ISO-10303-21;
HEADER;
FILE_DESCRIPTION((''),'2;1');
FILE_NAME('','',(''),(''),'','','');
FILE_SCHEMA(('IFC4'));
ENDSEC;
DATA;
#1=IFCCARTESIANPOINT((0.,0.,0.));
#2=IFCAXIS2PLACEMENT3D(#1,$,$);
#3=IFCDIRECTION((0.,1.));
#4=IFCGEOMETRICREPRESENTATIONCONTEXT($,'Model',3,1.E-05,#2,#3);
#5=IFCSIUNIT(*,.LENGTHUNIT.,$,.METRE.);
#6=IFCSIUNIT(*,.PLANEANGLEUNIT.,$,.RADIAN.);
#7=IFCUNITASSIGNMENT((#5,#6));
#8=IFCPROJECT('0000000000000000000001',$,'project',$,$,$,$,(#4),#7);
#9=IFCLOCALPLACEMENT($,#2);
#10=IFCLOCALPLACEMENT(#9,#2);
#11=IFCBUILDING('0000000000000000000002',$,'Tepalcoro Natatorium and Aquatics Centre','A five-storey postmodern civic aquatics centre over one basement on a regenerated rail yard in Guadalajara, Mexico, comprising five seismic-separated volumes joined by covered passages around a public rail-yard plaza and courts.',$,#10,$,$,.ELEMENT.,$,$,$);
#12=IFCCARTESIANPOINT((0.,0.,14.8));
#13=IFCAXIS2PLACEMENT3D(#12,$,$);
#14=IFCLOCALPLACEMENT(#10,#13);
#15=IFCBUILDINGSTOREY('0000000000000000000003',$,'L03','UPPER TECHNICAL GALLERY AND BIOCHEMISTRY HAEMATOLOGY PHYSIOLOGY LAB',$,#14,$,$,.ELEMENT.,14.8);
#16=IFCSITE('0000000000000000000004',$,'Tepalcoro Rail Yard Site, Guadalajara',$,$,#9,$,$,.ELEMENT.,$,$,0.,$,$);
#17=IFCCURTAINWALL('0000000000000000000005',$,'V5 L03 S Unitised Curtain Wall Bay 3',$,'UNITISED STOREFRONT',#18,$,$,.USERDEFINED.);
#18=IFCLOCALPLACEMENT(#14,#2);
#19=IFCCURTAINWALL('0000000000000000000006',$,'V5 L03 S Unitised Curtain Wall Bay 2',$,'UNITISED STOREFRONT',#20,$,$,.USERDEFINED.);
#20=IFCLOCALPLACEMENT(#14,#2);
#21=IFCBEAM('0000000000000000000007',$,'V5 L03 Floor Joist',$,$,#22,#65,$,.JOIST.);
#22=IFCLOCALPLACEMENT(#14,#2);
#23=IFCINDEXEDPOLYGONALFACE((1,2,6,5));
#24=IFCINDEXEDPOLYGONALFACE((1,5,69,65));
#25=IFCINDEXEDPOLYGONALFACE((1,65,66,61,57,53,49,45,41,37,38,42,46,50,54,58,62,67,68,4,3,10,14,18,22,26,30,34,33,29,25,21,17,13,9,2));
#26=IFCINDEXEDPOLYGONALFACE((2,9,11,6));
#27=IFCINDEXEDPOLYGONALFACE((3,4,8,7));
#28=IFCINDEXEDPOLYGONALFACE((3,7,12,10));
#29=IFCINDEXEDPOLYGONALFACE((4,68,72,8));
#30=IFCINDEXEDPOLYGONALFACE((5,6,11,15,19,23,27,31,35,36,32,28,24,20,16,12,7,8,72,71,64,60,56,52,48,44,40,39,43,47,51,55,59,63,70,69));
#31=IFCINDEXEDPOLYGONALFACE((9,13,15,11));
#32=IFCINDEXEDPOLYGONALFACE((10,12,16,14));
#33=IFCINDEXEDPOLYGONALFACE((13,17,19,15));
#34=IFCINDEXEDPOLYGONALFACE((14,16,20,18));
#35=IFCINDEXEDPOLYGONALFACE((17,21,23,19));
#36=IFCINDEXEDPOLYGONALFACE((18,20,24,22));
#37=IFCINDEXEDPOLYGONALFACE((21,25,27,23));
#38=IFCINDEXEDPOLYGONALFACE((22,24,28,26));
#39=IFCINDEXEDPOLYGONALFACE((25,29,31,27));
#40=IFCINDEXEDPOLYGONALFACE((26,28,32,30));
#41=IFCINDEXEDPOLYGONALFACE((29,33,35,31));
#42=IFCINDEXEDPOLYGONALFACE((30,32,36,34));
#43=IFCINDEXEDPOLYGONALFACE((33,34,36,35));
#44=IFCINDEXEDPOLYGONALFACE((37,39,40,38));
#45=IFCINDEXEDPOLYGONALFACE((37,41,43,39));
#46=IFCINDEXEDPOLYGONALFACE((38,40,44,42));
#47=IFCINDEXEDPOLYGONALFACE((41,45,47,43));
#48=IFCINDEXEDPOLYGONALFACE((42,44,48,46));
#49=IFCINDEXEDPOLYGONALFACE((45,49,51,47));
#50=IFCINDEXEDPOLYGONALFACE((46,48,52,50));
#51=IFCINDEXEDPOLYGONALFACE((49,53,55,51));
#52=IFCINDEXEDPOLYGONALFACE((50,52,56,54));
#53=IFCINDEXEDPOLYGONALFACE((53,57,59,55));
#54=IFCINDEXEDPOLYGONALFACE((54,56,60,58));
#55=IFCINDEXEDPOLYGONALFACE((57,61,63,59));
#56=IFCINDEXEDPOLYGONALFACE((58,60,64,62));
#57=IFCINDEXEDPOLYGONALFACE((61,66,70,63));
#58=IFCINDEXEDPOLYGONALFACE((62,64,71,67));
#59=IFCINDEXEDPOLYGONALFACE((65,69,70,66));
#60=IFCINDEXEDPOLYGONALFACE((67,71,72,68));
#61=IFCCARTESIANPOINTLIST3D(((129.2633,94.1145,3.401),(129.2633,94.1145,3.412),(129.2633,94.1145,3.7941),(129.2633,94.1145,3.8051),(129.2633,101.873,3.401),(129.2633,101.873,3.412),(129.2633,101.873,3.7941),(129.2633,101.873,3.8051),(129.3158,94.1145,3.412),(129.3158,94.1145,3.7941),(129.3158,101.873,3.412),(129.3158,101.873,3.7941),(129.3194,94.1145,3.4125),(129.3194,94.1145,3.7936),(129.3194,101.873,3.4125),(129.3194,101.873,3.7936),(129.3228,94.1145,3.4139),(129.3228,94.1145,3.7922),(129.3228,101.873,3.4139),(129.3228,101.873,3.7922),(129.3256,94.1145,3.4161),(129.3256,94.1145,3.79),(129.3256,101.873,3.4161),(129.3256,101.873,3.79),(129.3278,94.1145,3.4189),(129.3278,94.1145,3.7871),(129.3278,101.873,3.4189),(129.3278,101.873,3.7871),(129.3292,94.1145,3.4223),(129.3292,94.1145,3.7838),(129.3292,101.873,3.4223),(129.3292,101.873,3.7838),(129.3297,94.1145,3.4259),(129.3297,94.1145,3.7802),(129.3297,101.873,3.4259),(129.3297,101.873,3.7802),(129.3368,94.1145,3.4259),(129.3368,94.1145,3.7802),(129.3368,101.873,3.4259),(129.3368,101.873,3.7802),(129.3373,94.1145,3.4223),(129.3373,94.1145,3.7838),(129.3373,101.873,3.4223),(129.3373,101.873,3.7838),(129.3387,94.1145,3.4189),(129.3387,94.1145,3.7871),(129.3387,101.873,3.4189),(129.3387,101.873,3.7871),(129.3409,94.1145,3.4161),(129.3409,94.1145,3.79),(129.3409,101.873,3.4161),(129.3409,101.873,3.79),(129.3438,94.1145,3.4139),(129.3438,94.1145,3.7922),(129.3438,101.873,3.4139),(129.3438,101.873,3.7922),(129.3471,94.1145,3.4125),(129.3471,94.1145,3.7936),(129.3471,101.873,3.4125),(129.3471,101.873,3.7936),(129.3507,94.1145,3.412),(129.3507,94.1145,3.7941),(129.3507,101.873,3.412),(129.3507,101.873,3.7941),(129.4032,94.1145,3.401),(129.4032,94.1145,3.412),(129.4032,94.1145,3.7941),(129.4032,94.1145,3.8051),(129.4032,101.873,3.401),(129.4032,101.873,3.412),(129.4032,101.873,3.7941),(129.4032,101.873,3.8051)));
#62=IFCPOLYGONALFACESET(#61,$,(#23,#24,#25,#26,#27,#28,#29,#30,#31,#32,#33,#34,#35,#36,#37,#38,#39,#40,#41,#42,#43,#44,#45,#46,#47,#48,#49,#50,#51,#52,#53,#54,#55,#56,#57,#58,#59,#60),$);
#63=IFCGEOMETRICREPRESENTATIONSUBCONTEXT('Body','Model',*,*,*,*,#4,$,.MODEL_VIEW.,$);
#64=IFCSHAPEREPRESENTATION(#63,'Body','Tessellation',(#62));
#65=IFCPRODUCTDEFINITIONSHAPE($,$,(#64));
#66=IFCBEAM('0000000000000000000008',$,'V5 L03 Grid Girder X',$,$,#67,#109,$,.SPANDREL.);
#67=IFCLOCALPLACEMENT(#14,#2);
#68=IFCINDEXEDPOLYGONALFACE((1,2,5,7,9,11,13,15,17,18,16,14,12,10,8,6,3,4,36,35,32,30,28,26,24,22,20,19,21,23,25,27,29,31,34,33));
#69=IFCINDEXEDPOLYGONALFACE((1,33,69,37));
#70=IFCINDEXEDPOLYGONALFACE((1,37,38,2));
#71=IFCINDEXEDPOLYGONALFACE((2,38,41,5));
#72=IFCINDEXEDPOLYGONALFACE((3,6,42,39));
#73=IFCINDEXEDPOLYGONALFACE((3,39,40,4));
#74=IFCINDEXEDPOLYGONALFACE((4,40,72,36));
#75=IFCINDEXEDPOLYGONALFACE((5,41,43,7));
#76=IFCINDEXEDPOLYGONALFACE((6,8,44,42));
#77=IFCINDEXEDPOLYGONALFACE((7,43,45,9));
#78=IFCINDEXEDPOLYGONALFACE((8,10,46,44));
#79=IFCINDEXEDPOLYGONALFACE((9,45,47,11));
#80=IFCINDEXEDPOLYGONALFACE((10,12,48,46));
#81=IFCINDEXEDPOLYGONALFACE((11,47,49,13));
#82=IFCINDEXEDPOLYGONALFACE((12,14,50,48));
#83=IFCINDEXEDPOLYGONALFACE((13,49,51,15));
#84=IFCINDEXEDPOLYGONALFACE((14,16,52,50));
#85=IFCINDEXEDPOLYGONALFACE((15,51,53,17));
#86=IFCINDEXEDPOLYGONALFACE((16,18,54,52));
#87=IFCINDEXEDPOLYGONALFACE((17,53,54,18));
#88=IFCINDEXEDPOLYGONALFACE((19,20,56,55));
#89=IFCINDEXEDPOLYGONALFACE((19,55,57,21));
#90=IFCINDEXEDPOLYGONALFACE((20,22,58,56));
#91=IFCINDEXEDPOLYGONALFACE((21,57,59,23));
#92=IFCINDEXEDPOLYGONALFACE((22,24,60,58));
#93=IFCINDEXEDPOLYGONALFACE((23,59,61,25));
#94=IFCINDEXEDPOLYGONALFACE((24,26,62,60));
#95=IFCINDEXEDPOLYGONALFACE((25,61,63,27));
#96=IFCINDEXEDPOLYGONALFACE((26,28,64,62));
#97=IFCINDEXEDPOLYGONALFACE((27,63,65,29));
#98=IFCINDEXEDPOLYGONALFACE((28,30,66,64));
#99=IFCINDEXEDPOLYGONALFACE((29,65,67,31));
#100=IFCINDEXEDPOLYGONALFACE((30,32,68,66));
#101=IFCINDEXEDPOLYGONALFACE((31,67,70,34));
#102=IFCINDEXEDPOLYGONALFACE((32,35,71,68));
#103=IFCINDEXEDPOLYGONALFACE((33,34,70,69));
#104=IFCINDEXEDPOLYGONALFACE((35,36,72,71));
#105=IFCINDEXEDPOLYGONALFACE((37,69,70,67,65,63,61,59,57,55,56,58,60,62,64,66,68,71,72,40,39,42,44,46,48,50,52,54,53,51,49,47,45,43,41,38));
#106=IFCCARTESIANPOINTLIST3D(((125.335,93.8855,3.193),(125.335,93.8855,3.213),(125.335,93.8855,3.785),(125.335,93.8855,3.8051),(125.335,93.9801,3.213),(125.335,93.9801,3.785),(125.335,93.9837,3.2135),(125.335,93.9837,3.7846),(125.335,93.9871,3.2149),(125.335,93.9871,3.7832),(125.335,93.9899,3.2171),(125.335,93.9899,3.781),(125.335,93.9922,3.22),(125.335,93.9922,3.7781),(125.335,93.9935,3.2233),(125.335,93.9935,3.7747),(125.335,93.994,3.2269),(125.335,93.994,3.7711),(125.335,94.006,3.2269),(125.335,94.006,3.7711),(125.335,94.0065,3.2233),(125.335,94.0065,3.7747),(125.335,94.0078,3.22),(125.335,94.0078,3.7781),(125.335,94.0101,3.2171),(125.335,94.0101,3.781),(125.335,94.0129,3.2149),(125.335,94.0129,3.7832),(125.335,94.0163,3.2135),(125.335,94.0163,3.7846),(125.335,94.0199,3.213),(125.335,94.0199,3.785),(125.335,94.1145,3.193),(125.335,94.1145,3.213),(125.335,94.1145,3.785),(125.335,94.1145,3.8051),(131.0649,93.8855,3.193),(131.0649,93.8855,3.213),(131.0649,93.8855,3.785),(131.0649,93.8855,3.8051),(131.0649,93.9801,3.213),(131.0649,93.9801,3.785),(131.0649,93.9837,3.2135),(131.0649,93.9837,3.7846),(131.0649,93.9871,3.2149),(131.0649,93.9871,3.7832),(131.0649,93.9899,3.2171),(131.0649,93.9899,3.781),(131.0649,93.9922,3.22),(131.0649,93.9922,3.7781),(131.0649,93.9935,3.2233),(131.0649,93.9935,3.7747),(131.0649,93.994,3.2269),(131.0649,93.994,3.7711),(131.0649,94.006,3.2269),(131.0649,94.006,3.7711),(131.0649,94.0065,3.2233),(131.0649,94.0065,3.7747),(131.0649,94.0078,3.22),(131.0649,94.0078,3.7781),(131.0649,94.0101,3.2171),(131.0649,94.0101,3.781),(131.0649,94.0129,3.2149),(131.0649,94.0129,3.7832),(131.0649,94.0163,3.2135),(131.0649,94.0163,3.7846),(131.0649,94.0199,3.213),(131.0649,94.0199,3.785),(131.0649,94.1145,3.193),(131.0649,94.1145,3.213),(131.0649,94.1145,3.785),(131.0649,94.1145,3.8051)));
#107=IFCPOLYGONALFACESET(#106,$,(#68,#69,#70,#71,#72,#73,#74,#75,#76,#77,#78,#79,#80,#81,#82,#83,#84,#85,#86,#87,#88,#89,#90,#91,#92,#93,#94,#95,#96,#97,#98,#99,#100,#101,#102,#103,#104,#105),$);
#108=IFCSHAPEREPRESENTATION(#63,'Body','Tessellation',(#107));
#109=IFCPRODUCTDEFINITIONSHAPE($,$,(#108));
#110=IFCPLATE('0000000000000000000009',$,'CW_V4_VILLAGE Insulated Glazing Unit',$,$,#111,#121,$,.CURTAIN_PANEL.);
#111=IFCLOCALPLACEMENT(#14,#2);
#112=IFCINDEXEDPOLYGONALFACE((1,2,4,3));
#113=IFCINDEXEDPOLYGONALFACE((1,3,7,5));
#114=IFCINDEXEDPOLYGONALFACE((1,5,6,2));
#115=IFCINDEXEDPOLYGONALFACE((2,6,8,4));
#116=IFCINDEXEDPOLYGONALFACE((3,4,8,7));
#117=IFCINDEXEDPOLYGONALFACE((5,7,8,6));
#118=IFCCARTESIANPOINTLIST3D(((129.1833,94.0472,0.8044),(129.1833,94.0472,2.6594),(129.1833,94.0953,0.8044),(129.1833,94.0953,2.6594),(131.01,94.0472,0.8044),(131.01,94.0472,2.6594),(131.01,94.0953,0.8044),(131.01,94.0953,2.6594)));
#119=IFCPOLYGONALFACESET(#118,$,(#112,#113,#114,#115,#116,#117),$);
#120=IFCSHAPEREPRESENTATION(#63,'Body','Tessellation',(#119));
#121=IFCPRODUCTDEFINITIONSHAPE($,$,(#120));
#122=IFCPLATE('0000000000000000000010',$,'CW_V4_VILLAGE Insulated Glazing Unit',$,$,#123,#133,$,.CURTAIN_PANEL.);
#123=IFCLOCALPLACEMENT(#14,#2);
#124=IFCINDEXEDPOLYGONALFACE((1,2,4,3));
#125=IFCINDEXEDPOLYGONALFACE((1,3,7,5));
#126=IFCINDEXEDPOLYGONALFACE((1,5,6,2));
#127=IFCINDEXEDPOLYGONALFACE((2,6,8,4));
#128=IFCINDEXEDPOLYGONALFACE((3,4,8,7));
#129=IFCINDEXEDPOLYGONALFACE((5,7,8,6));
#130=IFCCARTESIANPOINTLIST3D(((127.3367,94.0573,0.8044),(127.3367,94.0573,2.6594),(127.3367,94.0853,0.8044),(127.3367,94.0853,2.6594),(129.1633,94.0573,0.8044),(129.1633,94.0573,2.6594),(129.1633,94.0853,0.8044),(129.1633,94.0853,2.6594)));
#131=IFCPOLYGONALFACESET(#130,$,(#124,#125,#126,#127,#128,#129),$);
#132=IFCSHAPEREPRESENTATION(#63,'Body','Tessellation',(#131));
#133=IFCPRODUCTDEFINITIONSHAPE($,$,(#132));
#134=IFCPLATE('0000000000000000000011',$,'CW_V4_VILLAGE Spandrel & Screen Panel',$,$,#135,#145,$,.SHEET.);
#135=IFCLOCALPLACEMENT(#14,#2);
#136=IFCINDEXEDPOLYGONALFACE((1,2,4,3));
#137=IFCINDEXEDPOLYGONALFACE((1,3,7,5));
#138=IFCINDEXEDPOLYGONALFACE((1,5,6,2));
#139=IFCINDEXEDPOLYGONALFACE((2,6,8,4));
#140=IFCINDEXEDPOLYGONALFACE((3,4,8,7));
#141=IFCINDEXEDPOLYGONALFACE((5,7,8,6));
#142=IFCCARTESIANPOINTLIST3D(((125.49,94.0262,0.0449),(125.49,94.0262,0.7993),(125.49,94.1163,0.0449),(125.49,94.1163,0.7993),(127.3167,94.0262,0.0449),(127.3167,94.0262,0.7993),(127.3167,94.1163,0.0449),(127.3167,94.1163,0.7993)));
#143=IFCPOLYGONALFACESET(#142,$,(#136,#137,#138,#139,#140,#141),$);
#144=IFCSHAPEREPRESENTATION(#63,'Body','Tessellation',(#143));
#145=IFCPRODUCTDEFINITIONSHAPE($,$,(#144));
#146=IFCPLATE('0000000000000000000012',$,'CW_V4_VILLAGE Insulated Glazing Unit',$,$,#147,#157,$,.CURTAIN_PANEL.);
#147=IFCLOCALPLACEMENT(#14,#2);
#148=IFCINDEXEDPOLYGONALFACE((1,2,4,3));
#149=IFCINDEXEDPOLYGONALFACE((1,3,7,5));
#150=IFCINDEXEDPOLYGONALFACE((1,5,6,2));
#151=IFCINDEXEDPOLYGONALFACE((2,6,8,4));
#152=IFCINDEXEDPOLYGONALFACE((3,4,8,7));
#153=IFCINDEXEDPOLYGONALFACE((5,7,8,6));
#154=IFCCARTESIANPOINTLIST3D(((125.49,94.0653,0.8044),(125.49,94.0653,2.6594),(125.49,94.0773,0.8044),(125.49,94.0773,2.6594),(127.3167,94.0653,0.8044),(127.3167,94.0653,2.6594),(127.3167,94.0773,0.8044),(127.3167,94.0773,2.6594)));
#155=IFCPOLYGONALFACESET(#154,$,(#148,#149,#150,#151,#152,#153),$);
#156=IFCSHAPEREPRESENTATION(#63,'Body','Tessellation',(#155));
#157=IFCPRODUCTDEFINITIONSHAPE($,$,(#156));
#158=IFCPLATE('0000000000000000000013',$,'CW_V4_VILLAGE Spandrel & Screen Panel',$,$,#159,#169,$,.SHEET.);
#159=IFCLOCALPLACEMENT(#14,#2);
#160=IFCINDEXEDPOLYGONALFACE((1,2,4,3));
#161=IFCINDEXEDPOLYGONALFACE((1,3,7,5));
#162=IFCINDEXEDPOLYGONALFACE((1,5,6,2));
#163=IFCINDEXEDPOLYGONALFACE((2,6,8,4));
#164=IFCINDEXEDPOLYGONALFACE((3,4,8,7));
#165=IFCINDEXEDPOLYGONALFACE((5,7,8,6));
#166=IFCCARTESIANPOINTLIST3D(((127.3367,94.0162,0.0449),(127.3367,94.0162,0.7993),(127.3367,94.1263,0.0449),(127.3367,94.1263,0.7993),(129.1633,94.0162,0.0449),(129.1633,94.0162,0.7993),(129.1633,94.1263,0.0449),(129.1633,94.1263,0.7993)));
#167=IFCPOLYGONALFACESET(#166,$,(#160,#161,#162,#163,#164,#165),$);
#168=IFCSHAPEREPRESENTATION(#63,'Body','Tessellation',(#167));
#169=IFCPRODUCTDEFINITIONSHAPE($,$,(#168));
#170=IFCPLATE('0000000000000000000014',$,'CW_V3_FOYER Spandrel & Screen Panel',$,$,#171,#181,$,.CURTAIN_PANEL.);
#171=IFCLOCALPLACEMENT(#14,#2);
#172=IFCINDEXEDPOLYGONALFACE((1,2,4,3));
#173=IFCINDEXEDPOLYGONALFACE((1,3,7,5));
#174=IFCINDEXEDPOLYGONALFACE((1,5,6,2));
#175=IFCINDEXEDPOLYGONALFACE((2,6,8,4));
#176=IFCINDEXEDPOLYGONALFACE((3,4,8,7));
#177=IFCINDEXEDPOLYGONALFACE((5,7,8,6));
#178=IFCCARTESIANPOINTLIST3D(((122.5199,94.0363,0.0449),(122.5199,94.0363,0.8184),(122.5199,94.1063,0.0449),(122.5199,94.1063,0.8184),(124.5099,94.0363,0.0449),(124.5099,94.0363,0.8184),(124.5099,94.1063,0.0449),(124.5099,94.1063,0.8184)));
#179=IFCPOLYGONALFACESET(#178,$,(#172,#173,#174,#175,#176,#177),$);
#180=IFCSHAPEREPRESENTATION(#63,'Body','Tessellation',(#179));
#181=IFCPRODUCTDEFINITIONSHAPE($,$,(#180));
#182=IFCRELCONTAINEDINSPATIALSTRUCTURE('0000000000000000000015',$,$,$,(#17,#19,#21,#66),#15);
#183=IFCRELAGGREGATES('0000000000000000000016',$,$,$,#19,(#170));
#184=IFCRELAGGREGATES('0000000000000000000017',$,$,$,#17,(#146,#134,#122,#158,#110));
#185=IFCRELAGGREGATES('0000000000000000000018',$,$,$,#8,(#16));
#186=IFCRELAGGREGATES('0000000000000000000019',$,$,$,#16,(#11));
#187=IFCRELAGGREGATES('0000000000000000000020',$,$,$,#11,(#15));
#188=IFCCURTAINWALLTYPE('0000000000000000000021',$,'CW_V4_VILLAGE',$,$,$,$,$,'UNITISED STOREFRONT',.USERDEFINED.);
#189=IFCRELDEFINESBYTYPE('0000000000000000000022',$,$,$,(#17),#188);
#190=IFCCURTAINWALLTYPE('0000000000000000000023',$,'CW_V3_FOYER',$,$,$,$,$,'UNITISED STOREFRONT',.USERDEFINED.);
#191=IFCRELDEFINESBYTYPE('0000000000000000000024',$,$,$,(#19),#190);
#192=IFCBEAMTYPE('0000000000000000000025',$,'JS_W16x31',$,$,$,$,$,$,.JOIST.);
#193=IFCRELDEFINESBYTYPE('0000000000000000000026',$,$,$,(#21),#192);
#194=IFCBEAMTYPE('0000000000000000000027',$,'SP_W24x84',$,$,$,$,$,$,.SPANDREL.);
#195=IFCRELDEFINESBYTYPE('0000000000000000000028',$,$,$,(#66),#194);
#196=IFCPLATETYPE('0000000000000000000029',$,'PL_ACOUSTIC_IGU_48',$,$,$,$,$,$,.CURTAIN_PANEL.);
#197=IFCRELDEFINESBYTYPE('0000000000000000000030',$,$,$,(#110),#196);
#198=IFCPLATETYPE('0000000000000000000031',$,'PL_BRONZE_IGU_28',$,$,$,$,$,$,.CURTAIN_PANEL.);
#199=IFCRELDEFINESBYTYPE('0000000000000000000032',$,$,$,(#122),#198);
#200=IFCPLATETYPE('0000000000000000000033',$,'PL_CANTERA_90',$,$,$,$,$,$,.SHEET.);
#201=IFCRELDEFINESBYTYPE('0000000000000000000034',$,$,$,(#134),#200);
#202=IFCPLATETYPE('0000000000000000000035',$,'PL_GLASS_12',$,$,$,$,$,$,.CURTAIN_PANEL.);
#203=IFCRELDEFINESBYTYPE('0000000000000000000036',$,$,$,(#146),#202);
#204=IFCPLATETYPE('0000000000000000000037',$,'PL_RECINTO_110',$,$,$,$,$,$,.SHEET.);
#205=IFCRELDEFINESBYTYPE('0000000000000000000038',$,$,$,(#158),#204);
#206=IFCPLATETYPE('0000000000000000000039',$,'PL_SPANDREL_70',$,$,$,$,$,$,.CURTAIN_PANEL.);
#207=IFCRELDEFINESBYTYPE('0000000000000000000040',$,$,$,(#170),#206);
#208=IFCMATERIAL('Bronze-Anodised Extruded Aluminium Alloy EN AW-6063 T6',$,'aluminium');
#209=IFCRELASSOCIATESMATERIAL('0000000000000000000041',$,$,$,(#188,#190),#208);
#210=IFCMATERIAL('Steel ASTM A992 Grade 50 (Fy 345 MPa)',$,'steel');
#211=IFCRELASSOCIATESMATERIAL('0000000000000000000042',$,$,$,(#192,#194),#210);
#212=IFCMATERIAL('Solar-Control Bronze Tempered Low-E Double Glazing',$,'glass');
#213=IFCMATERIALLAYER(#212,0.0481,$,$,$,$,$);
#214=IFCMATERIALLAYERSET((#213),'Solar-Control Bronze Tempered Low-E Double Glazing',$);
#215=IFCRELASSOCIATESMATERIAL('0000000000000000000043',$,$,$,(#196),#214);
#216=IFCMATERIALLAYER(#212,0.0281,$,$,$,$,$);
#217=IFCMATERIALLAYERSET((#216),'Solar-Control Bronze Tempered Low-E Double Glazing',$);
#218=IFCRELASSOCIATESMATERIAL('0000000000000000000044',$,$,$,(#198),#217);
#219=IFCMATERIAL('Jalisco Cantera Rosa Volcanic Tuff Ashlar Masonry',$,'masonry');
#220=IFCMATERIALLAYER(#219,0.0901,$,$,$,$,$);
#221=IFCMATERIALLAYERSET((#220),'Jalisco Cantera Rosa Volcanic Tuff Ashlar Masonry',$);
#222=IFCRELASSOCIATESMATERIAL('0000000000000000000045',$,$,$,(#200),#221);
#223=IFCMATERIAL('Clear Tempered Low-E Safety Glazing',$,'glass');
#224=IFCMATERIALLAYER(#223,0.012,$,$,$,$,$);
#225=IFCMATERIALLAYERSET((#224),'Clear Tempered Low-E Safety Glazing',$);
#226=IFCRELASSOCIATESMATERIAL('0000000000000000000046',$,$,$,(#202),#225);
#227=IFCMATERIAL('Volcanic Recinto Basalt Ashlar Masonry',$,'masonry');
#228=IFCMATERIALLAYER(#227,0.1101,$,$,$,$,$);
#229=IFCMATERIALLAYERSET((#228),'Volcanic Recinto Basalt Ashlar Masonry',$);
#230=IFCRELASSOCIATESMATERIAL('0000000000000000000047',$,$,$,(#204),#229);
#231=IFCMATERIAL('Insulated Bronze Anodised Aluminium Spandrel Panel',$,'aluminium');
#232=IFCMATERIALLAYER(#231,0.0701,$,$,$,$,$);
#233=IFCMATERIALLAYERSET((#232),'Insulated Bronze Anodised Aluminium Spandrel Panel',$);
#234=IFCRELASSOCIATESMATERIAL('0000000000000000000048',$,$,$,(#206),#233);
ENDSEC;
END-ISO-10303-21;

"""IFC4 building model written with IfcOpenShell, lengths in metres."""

from ifc_helpers import new_model, si_unit, direction, frame, origin, origin_2d, place, context, subcontext, project, spatial, rectangle, i_section, extrude, material, layer, layer_set, material_profile, profile_set, type_object, element, aggregate, save


model = new_model("IFC4")

# Units and contexts
model_context = context("Model", 3, precision=1e-05, world=origin(), true_north=direction((0.0, 1.0)))
body_context = subcontext(model_context, "Body", "Model", "MODEL_VIEW")
ifc_project = project(units=[si_unit("LENGTHUNIT", "METRE"), si_unit("PLANEANGLEUNIT", "RADIAN")], contexts=[model_context])

# Site, building, storey
site_placement = place(None, origin())
site = spatial("IfcSite", under=ifc_project, at=site_placement, Name="Tepalcoro Rail Yard Site, Guadalajara", CompositionType="ELEMENT", RefElevation=0.0)
building_placement = place(site_placement, origin())
building = spatial("IfcBuilding", under=site, at=building_placement, Name="Tepalcoro Natatorium and Aquatics Centre", Description="A five-storey postmodern civic aquatics centre over one basement on a regenerated rail yard in Guadalajara, Mexico, comprising five seismic-separated volumes joined by covered passages around a public rail-yard plaza and courts.", CompositionType="ELEMENT")
storey_placement = place(building_placement, frame((0.0, 0.0, 14.8)))
storey = spatial("IfcBuildingStorey", under=building, at=storey_placement, Name="L03", Description="UPPER TECHNICAL GALLERY AND BIOCHEMISTRY HAEMATOLOGY PHYSIOLOGY LAB", CompositionType="ELEMENT", Elevation=14.8)

# Shared definitions
ifc_material_1 = material(Name="Steel ASTM A992 Grade 50 (Fy 345 MPa)", Category="steel")

# Curtain wall
ifc_material_2 = material(Name="Bronze-Anodised Extruded Aluminium Alloy EN AW-6063 T6", Category="aluminium")
curtain_wall_type_1 = type_object("IfcCurtainWallType", Name="CW_V4_VILLAGE", ElementType="UNITISED STOREFRONT", PredefinedType="USERDEFINED", material=ifc_material_2)
curtain_wall_1_placement = place(storey_placement, origin())
curtain_wall_1 = element("IfcCurtainWall", 1, at=curtain_wall_1_placement, inside=storey, type_object=curtain_wall_type_1, Name="V5 L03 S Unitised Curtain Wall Bay 3", ObjectType="UNITISED STOREFRONT", PredefinedType="USERDEFINED")

# Curtain wall
curtain_wall_type_2 = type_object("IfcCurtainWallType", Name="CW_V3_FOYER", ElementType="UNITISED STOREFRONT", PredefinedType="USERDEFINED", material=ifc_material_2)
curtain_wall_2_placement = place(storey_placement, origin())
curtain_wall_2 = element("IfcCurtainWall", 2, at=curtain_wall_2_placement, inside=storey, type_object=curtain_wall_type_2, Name="V5 L03 S Unitised Curtain Wall Bay 2", ObjectType="UNITISED STOREFRONT", PredefinedType="USERDEFINED")

# Beams
ifc_material_profile_1 = material_profile(ifc_material_1, i_section(OverallWidth=0.1399, OverallDepth=0.4041, WebThickness=0.0071, FlangeThickness=0.011, FilletRadius=0.0139, at=origin_2d()), Name="W16X31")
ifc_profile_set_1 = profile_set([ifc_material_profile_1], Name="Steel ASTM A992 Grade 50 (Fy 345 MPa)")
beam_type_1 = type_object("IfcBeamType", Name="JS_W16x31", PredefinedType="JOIST", material=ifc_profile_set_1)
beam_1_placement = place(storey_placement, frame((129.3333, 94.1145, 3.603), z_axis=(0.0, 1.0, 0.0), x_axis=(-1.0, 0.0, 0.0)))
element("IfcBeam", 3, at=beam_1_placement, inside=storey, type_object=beam_type_1, Name="V5 L03 Floor Joist", PredefinedType="JOIST", context=body_context, shape_type="SweptSolid", body=[
    extrude(i_section(OverallWidth=0.1399, OverallDepth=0.4041, WebThickness=0.0071, FlangeThickness=0.011, FilletRadius=0.0139, at=origin_2d()), origin(), (0.0, 0.0, 1.0), 7.7585),
])
ifc_material_profile_2 = material_profile(ifc_material_1, i_section(OverallWidth=0.229, OverallDepth=0.6121, WebThickness=0.012, FlangeThickness=0.02, FilletRadius=0.0139, at=origin_2d()), Name="W24X84")
ifc_profile_set_2 = profile_set([ifc_material_profile_2], Name="Steel ASTM A992 Grade 50 (Fy 345 MPa)")
beam_type_2 = type_object("IfcBeamType", Name="SP_W24x84", PredefinedType="SPANDREL", material=ifc_profile_set_2)
beam_2_placement = place(storey_placement, frame((125.335, 94.0, 3.499), z_axis=(1.0, 0.0, 0.0), x_axis=(0.0, 1.0, 0.0)))
element("IfcBeam", 4, at=beam_2_placement, inside=storey, type_object=beam_type_2, Name="V5 L03 Grid Girder X", PredefinedType="SPANDREL", context=body_context, shape_type="SweptSolid", body=[
    extrude(i_section(OverallWidth=0.229, OverallDepth=0.6121, WebThickness=0.012, FlangeThickness=0.02, FilletRadius=0.0139, at=origin_2d()), origin(), (0.0, 0.0, 1.0), 5.73),
])

# Plates
ifc_material_3 = material(Name="Solar-Control Bronze Tempered Low-E Double Glazing", Category="glass")
ifc_layer_1 = layer(ifc_material_3, 0.0481)
ifc_layer_set_1 = layer_set([ifc_layer_1], Name="Solar-Control Bronze Tempered Low-E Double Glazing")
plate_type_1 = type_object("IfcPlateType", Name="PL_ACOUSTIC_IGU_48", PredefinedType="CURTAIN_PANEL", material=ifc_layer_set_1)
plate_1_placement = place(storey_placement, frame((130.0967, 94.0713, 0.8044), z_axis=(0.0, 0.0, 1.0), x_axis=(1.0, 0.0, 0.0)))
plate_1 = element("IfcPlate", 5, at=plate_1_placement, type_object=plate_type_1, Name="CW_V4_VILLAGE Insulated Glazing Unit", PredefinedType="CURTAIN_PANEL", context=body_context, shape_type="SweptSolid", body=[
    extrude(rectangle(XDim=1.8267, YDim=0.0481, at=origin_2d()), origin(), (0.0, 0.0, 1.0), 1.855),
])
ifc_layer_2 = layer(ifc_material_3, 0.0281)
ifc_layer_set_2 = layer_set([ifc_layer_2], Name="Solar-Control Bronze Tempered Low-E Double Glazing")
plate_type_2 = type_object("IfcPlateType", Name="PL_BRONZE_IGU_28", PredefinedType="CURTAIN_PANEL", material=ifc_layer_set_2)
plate_2_placement = place(storey_placement, frame((128.25, 94.0713, 0.8044), z_axis=(0.0, 0.0, 1.0), x_axis=(1.0, 0.0, 0.0)))
plate_2 = element("IfcPlate", 6, at=plate_2_placement, type_object=plate_type_2, Name="CW_V4_VILLAGE Insulated Glazing Unit", PredefinedType="CURTAIN_PANEL", context=body_context, shape_type="SweptSolid", body=[
    extrude(rectangle(XDim=1.8267, YDim=0.0281, at=origin_2d()), origin(), (0.0, 0.0, 1.0), 1.855),
])
ifc_material_4 = material(Name="Jalisco Cantera Rosa Volcanic Tuff Ashlar Masonry", Category="masonry")
ifc_layer_3 = layer(ifc_material_4, 0.0901)
ifc_layer_set_3 = layer_set([ifc_layer_3], Name="Jalisco Cantera Rosa Volcanic Tuff Ashlar Masonry")
plate_type_3 = type_object("IfcPlateType", Name="PL_CANTERA_90", PredefinedType="SHEET", material=ifc_layer_set_3)
plate_3_placement = place(storey_placement, frame((126.4033, 94.0713, 0.0449), z_axis=(0.0, 0.0, 1.0), x_axis=(1.0, 0.0, 0.0)))
plate_3 = element("IfcPlate", 7, at=plate_3_placement, type_object=plate_type_3, Name="CW_V4_VILLAGE Spandrel & Screen Panel", PredefinedType="SHEET", context=body_context, shape_type="SweptSolid", body=[
    extrude(rectangle(XDim=1.8267, YDim=0.0901, at=origin_2d()), origin(), (0.0, 0.0, 1.0), 0.7544),
])
ifc_material_5 = material(Name="Clear Tempered Low-E Safety Glazing", Category="glass")
ifc_layer_4 = layer(ifc_material_5, 0.012)
ifc_layer_set_4 = layer_set([ifc_layer_4], Name="Clear Tempered Low-E Safety Glazing")
plate_type_4 = type_object("IfcPlateType", Name="PL_GLASS_12", PredefinedType="CURTAIN_PANEL", material=ifc_layer_set_4)
plate_4_placement = place(storey_placement, frame((126.4033, 94.0713, 0.8044), z_axis=(0.0, 0.0, 1.0), x_axis=(1.0, 0.0, 0.0)))
plate_4 = element("IfcPlate", 8, at=plate_4_placement, type_object=plate_type_4, Name="CW_V4_VILLAGE Insulated Glazing Unit", PredefinedType="CURTAIN_PANEL", context=body_context, shape_type="SweptSolid", body=[
    extrude(rectangle(XDim=1.8267, YDim=0.012, at=origin_2d()), origin(), (0.0, 0.0, 1.0), 1.855),
])
ifc_material_6 = material(Name="Volcanic Recinto Basalt Ashlar Masonry", Category="masonry")
ifc_layer_5 = layer(ifc_material_6, 0.1101)
ifc_layer_set_5 = layer_set([ifc_layer_5], Name="Volcanic Recinto Basalt Ashlar Masonry")
plate_type_5 = type_object("IfcPlateType", Name="PL_RECINTO_110", PredefinedType="SHEET", material=ifc_layer_set_5)
plate_5_placement = place(storey_placement, frame((128.25, 94.0713, 0.0449), z_axis=(0.0, 0.0, 1.0), x_axis=(1.0, 0.0, 0.0)))
plate_5 = element("IfcPlate", 9, at=plate_5_placement, type_object=plate_type_5, Name="CW_V4_VILLAGE Spandrel & Screen Panel", PredefinedType="SHEET", context=body_context, shape_type="SweptSolid", body=[
    extrude(rectangle(XDim=1.8267, YDim=0.1101, at=origin_2d()), origin(), (0.0, 0.0, 1.0), 0.7544),
])
ifc_material_7 = material(Name="Insulated Bronze Anodised Aluminium Spandrel Panel", Category="aluminium")
ifc_layer_6 = layer(ifc_material_7, 0.0701)
ifc_layer_set_6 = layer_set([ifc_layer_6], Name="Insulated Bronze Anodised Aluminium Spandrel Panel")
plate_type_6 = type_object("IfcPlateType", Name="PL_SPANDREL_70", PredefinedType="CURTAIN_PANEL", material=ifc_layer_set_6)
plate_6_placement = place(storey_placement, frame((123.5149, 94.0713, 0.0449), z_axis=(0.0, 0.0, 1.0), x_axis=(1.0, 0.0, 0.0)))
plate_6 = element("IfcPlate", 10, at=plate_6_placement, type_object=plate_type_6, Name="CW_V3_FOYER Spandrel & Screen Panel", PredefinedType="CURTAIN_PANEL", context=body_context, shape_type="SweptSolid", body=[
    extrude(rectangle(XDim=1.99, YDim=0.0701, at=origin_2d()), origin(), (0.0, 0.0, 1.0), 0.7734),
])
aggregate(curtain_wall_2, [plate_6])
aggregate(curtain_wall_1, [plate_4, plate_3, plate_2, plate_5, plate_1])

save(model, "model.ifc")
